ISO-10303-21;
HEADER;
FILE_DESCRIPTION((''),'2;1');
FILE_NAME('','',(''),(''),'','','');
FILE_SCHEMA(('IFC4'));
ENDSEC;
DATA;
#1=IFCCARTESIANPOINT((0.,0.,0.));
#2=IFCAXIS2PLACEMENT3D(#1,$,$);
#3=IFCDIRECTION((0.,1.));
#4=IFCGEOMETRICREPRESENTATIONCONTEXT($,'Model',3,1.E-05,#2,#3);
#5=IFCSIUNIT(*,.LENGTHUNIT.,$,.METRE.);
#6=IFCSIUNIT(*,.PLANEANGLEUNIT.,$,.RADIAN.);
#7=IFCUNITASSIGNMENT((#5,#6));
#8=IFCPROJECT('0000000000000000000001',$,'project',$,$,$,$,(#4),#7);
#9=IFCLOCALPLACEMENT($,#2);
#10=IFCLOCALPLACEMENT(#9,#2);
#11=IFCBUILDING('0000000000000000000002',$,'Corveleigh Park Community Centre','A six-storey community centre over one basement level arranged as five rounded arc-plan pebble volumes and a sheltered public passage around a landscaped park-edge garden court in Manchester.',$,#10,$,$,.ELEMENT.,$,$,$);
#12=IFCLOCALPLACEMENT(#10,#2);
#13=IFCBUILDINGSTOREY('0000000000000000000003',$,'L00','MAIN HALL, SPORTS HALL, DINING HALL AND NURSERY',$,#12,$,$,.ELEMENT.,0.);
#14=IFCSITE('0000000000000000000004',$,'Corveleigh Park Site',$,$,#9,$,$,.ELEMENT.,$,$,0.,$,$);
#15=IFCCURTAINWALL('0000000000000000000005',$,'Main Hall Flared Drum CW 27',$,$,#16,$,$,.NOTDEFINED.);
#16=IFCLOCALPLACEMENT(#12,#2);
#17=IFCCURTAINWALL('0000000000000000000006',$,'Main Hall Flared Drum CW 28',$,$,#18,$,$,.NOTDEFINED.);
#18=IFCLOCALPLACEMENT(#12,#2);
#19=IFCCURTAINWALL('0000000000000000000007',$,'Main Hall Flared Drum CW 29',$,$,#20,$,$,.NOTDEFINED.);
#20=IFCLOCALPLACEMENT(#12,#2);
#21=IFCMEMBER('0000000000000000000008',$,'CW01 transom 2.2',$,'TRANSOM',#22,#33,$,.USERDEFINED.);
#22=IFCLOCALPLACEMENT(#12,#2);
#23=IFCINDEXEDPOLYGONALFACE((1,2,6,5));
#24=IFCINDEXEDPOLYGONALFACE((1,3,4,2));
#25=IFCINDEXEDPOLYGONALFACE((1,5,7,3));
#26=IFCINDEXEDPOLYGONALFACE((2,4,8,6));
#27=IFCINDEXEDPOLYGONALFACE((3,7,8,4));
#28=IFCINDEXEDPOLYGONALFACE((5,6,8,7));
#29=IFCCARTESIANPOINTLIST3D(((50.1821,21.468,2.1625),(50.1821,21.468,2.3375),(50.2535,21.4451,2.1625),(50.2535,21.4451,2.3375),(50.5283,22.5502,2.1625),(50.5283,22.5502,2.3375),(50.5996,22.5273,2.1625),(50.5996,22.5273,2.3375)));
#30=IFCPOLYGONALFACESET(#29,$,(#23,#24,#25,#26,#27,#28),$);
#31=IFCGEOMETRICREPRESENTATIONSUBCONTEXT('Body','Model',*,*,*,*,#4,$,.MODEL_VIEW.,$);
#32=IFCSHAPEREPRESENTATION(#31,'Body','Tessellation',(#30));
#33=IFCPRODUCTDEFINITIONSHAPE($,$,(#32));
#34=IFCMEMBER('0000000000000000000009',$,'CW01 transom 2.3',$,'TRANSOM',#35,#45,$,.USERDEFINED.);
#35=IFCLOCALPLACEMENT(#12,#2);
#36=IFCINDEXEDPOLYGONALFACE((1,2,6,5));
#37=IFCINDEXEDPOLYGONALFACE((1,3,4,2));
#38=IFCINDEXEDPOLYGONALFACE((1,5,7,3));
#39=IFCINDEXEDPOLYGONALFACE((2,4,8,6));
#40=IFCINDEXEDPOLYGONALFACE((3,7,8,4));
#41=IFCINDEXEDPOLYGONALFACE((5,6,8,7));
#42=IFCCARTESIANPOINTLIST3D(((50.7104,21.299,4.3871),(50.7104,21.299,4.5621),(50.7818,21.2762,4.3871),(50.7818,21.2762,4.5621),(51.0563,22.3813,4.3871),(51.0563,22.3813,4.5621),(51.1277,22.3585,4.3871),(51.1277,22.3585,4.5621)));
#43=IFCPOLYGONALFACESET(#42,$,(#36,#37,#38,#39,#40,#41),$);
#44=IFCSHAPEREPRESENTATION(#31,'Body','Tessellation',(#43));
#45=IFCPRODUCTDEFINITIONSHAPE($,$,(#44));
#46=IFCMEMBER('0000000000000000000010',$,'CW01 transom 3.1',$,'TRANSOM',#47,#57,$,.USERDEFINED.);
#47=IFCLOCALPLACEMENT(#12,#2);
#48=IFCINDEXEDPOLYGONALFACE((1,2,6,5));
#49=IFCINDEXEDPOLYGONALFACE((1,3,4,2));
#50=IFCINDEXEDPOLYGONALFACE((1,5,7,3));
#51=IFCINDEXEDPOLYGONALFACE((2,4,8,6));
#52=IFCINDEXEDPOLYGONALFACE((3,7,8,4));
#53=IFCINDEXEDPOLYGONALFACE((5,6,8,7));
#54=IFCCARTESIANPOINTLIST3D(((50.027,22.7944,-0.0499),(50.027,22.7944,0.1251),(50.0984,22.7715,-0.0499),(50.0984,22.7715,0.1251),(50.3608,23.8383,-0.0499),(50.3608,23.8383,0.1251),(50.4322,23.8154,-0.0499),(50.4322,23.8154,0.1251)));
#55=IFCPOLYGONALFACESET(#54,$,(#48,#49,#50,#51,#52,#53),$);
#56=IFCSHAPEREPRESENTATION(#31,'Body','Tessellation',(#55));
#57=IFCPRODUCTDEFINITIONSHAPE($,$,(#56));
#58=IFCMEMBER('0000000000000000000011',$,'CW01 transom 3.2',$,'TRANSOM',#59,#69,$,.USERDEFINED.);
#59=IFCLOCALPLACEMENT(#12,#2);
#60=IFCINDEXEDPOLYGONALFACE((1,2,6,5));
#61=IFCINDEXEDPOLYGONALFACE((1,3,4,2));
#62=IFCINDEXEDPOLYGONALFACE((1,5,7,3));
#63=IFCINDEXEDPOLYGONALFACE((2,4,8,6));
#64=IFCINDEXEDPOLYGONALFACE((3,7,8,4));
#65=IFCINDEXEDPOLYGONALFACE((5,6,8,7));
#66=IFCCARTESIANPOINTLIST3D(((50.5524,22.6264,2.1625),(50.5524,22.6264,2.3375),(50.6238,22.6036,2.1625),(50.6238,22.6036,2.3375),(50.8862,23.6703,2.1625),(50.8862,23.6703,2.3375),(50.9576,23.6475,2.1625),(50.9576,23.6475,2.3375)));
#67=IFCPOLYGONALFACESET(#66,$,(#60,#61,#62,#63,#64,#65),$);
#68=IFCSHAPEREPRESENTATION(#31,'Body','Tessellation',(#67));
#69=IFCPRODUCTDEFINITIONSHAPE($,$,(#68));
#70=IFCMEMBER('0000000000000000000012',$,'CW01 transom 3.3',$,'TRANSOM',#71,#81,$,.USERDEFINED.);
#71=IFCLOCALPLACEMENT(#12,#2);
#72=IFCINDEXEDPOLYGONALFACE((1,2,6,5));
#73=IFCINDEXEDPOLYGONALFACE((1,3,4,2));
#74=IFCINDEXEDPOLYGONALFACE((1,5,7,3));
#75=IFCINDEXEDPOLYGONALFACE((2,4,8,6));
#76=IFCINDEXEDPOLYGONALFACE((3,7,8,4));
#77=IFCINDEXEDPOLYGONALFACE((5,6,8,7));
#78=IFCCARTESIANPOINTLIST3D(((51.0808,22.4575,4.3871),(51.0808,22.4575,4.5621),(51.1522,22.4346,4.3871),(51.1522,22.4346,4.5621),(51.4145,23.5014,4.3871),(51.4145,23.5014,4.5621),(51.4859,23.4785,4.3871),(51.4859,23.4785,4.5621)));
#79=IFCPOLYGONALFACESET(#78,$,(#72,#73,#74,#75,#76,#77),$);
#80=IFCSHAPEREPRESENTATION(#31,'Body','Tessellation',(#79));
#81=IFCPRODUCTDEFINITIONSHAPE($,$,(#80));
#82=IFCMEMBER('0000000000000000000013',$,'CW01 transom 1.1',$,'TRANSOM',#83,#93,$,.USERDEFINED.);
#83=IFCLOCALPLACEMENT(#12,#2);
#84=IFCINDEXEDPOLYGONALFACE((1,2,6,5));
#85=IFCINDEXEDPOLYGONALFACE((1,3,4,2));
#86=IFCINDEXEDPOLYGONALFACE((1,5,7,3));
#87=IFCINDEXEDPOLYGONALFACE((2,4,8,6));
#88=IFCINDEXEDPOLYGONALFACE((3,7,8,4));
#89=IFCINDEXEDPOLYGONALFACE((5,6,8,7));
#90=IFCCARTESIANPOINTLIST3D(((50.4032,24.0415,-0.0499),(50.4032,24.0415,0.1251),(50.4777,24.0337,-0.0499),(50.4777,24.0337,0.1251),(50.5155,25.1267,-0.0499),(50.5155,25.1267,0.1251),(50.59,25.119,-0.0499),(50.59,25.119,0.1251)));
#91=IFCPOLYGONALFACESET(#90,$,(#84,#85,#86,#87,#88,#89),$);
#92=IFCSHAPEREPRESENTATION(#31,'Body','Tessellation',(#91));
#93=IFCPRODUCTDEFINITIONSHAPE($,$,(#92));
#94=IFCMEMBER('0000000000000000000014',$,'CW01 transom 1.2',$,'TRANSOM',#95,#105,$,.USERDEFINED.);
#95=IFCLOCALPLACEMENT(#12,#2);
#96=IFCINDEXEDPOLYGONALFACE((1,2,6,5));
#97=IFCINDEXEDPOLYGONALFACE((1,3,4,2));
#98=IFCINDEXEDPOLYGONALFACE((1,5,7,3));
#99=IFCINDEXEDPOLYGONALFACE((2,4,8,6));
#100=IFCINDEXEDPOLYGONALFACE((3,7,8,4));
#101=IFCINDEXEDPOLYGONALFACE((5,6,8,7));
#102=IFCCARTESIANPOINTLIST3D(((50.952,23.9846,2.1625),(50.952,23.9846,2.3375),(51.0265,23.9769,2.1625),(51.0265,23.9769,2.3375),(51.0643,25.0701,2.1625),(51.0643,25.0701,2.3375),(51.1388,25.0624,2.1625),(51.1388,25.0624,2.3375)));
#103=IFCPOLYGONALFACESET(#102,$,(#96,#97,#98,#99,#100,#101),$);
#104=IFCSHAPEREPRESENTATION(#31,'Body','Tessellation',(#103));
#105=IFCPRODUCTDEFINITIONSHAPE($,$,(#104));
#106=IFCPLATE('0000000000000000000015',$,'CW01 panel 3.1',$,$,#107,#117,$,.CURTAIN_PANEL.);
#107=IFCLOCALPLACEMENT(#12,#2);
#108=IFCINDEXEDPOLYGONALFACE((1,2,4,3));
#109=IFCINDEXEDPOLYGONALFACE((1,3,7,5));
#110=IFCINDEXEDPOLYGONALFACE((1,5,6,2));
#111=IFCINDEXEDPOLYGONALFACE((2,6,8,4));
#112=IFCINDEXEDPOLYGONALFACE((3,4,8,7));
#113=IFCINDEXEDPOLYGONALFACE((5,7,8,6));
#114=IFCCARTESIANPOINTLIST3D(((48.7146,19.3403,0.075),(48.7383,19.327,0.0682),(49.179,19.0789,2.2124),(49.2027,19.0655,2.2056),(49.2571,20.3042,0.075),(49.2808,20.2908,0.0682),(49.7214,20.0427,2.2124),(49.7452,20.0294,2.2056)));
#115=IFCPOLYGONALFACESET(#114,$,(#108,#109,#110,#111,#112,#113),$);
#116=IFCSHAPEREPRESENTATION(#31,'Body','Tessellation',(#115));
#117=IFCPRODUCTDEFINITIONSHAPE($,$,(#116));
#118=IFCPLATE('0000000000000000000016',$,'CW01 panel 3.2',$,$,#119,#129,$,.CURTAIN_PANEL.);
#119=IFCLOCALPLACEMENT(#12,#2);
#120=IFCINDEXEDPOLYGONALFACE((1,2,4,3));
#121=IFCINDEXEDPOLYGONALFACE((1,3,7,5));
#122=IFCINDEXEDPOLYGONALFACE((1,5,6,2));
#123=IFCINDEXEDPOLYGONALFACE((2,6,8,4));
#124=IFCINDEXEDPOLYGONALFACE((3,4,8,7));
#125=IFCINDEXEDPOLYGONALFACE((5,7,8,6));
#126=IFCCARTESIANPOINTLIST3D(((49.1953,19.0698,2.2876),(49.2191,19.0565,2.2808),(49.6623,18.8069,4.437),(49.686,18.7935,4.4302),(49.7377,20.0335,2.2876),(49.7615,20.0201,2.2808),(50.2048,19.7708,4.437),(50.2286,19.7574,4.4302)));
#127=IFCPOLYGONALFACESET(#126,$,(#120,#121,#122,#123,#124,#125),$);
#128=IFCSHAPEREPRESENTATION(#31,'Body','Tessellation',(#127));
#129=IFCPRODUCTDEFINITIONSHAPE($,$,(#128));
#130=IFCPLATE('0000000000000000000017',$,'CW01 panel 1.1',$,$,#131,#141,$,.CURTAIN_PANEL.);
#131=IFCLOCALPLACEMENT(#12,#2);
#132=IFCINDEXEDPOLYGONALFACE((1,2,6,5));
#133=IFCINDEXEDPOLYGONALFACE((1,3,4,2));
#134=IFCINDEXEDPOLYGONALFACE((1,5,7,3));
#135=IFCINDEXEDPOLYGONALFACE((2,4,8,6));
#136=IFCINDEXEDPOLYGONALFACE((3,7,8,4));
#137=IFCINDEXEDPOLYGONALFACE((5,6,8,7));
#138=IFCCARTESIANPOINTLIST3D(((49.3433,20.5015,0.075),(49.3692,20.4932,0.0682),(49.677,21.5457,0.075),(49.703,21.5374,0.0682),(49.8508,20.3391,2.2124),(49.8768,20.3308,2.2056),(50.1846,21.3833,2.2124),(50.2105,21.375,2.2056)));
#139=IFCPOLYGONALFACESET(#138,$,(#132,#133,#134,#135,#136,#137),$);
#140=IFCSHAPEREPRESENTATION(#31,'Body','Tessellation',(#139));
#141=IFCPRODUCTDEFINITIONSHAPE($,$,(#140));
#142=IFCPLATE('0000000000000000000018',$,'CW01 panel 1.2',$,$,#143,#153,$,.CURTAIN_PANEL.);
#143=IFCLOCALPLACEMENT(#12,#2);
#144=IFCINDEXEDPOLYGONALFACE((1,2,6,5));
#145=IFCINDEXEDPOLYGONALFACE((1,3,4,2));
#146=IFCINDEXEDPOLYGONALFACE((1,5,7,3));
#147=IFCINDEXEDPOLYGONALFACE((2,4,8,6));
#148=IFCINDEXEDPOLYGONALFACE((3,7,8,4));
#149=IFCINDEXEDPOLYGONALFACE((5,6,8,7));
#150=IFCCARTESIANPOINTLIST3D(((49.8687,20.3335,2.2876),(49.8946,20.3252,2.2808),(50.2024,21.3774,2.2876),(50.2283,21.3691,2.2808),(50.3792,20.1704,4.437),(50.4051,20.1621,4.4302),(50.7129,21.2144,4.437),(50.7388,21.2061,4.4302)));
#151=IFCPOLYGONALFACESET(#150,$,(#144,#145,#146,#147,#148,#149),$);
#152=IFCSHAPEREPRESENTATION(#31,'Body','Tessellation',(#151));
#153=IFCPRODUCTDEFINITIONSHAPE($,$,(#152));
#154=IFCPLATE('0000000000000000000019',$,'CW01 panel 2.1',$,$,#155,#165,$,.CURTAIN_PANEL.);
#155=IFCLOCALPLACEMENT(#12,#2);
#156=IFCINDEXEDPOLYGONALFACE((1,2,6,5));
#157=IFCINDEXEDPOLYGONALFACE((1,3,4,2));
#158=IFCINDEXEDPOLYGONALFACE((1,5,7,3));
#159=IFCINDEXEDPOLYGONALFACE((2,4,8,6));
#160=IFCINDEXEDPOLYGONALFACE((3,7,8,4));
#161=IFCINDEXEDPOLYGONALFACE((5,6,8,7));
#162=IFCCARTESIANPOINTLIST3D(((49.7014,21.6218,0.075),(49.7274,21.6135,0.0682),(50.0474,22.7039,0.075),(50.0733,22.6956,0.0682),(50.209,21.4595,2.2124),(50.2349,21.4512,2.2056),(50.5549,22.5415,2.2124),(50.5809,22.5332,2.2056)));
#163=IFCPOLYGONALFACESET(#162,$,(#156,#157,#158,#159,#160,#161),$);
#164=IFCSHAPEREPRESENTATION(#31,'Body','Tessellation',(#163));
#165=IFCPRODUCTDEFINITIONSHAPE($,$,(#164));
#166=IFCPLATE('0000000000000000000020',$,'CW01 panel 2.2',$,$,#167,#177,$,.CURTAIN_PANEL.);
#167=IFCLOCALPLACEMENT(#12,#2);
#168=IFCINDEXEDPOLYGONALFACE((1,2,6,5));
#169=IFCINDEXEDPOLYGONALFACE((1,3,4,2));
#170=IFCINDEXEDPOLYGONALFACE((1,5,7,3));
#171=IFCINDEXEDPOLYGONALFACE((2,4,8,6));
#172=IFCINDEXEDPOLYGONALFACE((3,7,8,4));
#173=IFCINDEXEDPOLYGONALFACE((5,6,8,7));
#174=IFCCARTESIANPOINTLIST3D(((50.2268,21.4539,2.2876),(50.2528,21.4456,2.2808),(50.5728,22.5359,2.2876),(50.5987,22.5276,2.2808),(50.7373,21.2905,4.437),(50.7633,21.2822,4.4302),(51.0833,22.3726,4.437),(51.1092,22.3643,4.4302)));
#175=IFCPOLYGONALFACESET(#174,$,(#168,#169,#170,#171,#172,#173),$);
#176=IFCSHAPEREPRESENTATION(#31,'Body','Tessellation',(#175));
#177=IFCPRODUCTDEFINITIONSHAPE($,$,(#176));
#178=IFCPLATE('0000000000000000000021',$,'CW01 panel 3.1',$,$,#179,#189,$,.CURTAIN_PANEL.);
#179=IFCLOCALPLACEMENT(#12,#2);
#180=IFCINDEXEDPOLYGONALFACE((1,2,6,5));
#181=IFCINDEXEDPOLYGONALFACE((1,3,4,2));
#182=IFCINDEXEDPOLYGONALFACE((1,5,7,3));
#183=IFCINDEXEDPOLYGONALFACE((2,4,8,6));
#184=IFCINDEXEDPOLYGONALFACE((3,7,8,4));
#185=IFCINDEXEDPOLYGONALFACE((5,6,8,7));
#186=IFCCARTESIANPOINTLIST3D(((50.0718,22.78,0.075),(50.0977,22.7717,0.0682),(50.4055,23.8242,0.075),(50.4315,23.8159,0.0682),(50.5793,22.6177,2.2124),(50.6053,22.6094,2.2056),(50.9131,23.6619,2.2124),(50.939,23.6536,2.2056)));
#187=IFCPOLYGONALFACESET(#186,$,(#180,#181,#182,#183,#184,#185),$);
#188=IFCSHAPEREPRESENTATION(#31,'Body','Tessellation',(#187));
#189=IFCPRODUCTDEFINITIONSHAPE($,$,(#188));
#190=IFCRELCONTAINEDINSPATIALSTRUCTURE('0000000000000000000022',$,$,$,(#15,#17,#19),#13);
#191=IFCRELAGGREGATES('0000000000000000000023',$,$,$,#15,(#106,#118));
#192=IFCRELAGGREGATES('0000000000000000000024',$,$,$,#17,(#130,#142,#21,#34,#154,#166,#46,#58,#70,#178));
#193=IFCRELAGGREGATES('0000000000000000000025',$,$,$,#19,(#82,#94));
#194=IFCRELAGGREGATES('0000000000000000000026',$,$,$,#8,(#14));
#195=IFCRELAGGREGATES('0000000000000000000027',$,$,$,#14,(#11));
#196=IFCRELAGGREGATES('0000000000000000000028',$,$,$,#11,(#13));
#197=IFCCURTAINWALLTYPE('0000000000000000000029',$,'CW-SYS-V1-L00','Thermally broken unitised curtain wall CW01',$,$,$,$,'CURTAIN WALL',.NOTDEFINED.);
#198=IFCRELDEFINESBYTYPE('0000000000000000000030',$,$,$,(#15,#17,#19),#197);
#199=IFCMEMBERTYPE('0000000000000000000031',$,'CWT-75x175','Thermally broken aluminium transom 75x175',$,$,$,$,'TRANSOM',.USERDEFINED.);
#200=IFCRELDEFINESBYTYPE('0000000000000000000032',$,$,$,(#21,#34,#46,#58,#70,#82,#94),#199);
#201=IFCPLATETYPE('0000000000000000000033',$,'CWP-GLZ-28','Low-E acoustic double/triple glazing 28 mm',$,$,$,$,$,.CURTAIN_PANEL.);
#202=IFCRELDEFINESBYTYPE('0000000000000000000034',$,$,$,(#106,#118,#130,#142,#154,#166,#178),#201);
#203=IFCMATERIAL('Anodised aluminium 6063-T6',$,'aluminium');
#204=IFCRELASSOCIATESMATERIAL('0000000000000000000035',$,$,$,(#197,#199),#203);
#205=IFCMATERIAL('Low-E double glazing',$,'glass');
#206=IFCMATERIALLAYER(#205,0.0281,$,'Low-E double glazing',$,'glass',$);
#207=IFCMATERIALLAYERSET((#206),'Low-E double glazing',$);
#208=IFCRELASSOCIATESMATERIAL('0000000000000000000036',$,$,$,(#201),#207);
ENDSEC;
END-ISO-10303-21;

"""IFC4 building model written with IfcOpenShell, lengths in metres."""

from ifc_helpers import new_model, si_unit, direction, frame, origin, origin_2d, place, context, subcontext, project, spatial, polyline, rectangle, outline, extrude, material, layer, layer_set, material_profile, profile_set, type_object, element, aggregate, save


model = new_model("IFC4")

# Units and contexts
model_context = context("Model", 3, precision=1e-05, world=origin(), true_north=direction((0.0, 1.0)))
body_context = subcontext(model_context, "Body", "Model", "MODEL_VIEW")
ifc_project = project(units=[si_unit("LENGTHUNIT", "METRE"), si_unit("PLANEANGLEUNIT", "RADIAN")], contexts=[model_context])

# Site, building, storey
site_placement = place(None, origin())
site = spatial("IfcSite", under=ifc_project, at=site_placement, Name="Corveleigh Park Site", CompositionType="ELEMENT", RefElevation=0.0)
building_placement = place(site_placement, origin())
building = spatial("IfcBuilding", under=site, at=building_placement, Name="Corveleigh Park Community Centre", Description="A six-storey community centre over one basement level arranged as five rounded arc-plan pebble volumes and a sheltered public passage around a landscaped park-edge garden court in Manchester.", CompositionType="ELEMENT")
storey_placement = place(building_placement, origin())
storey = spatial("IfcBuildingStorey", under=building, at=storey_placement, Name="L00", Description="MAIN HALL, SPORTS HALL, DINING HALL AND NURSERY", CompositionType="ELEMENT", Elevation=0.0)

# Curtain wall
ifc_material_1 = material(Name="Anodised aluminium 6063-T6", Category="aluminium")
curtain_wall_type = type_object("IfcCurtainWallType", Name="CW-SYS-V1-L00", Description="Thermally broken unitised curtain wall CW01", ElementType="CURTAIN WALL", PredefinedType="NOTDEFINED", material=ifc_material_1)
curtain_wall_1_placement = place(storey_placement, origin())
curtain_wall_1 = element("IfcCurtainWall", 1, at=curtain_wall_1_placement, inside=storey, type_object=curtain_wall_type, Name="Main Hall Flared Drum CW 27", PredefinedType="NOTDEFINED")

# Curtain wall
curtain_wall_2_placement = place(storey_placement, origin())
curtain_wall_2 = element("IfcCurtainWall", 2, at=curtain_wall_2_placement, inside=storey, type_object=curtain_wall_type, Name="Main Hall Flared Drum CW 28", PredefinedType="NOTDEFINED")

# Curtain wall
curtain_wall_3_placement = place(storey_placement, origin())
curtain_wall_3 = element("IfcCurtainWall", 3, at=curtain_wall_3_placement, inside=storey, type_object=curtain_wall_type, Name="Main Hall Flared Drum CW 29", PredefinedType="NOTDEFINED")

# Members
ifc_material_profile_1 = material_profile(ifc_material_1, rectangle(XDim=0.075, YDim=0.175, at=origin_2d()), Name="ALU-T75x175", Category="aluminium")
ifc_profile_set_1 = profile_set([ifc_material_profile_1], Name="Anodised aluminium 6063-T6")
member_type_1 = type_object("IfcMemberType", Name="CWT-75x175", Description="Thermally broken aluminium transom 75x175", ElementType="TRANSOM", PredefinedType="USERDEFINED", material=ifc_profile_set_1)
member_1_placement = place(storey_placement, frame((50.2178, 21.4565, 2.25), z_axis=(0.304667, 0.952459, 0.0), x_axis=(-0.952459, 0.304667, 0.0)))
member_1 = element("IfcMember", 4, at=member_1_placement, type_object=member_type_1, Name="CW01 transom 2.2", ObjectType="TRANSOM", PredefinedType="USERDEFINED", context=body_context, shape_type="SweptSolid", body=[
    extrude(rectangle(XDim=0.075, YDim=0.175, at=origin_2d()), origin(), (0.0, 0.0, 1.0), 1.1362),
])
member_2_placement = place(storey_placement, frame((50.7461, 21.2876, 4.4746), z_axis=(0.304472, 0.952521, 0.0), x_axis=(-0.952521, 0.304472, 0.0)))
member_2 = element("IfcMember", 5, at=member_2_placement, type_object=member_type_1, Name="CW01 transom 2.3", ObjectType="TRANSOM", PredefinedType="USERDEFINED", context=body_context, shape_type="SweptSolid", body=[
    extrude(rectangle(XDim=0.075, YDim=0.175, at=origin_2d()), origin(), (0.0, 0.0, 1.0), 1.1362),
])
member_3_placement = place(storey_placement, frame((50.0627, 22.783, 0.0376), z_axis=(0.304509, 0.952509, 0.0), x_axis=(-0.952509, 0.304509, 0.0)))
member_3 = element("IfcMember", 6, at=member_3_placement, type_object=member_type_1, Name="CW01 transom 3.1", ObjectType="TRANSOM", PredefinedType="USERDEFINED", context=body_context, shape_type="SweptSolid", body=[
    extrude(rectangle(XDim=0.075, YDim=0.175, at=origin_2d()), origin(), (0.0, 0.0, 1.0), 1.0959),
])
member_4_placement = place(storey_placement, frame((50.5881, 22.615, 2.25), z_axis=(0.304509, 0.952509, 0.0), x_axis=(-0.952509, 0.304509, 0.0)))
member_4 = element("IfcMember", 7, at=member_4_placement, type_object=member_type_1, Name="CW01 transom 3.2", ObjectType="TRANSOM", PredefinedType="USERDEFINED", context=body_context, shape_type="SweptSolid", body=[
    extrude(rectangle(XDim=0.075, YDim=0.175, at=origin_2d()), origin(), (0.0, 0.0, 1.0), 1.0959),
])
member_5_placement = place(storey_placement, frame((51.1165, 22.446, 4.4746), z_axis=(0.304509, 0.952509, 0.0), x_axis=(-0.952509, 0.304509, 0.0)))
member_5 = element("IfcMember", 8, at=member_5_placement, type_object=member_type_1, Name="CW01 transom 3.3", ObjectType="TRANSOM", PredefinedType="USERDEFINED", context=body_context, shape_type="SweptSolid", body=[
    extrude(rectangle(XDim=0.075, YDim=0.175, at=origin_2d()), origin(), (0.0, 0.0, 1.0), 1.0959),
])
member_6_placement = place(storey_placement, frame((50.4404, 24.0376, 0.0376), z_axis=(0.102937, 0.994688, 0.0), x_axis=(-0.994688, 0.102937, 0.0)))
member_6 = element("IfcMember", 9, at=member_6_placement, type_object=member_type_1, Name="CW01 transom 1.1", ObjectType="TRANSOM", PredefinedType="USERDEFINED", context=body_context, shape_type="SweptSolid", body=[
    extrude(rectangle(XDim=0.075, YDim=0.175, at=origin_2d()), origin(), (0.0, 0.0, 1.0), 1.0911),
])
member_7_placement = place(storey_placement, frame((50.9893, 23.9807, 2.25), z_axis=(0.102914, 0.99469, 0.0), x_axis=(-0.99469, 0.102914, 0.0)))
member_7 = element("IfcMember", 10, at=member_7_placement, type_object=member_type_1, Name="CW01 transom 1.2", ObjectType="TRANSOM", PredefinedType="USERDEFINED", context=body_context, shape_type="SweptSolid", body=[
    extrude(rectangle(XDim=0.075, YDim=0.175, at=origin_2d()), origin(), (0.0, 0.0, 1.0), 1.0913),
])

# Plates
ifc_material_2 = material(Name="Low-E double glazing", Category="glass")
ifc_layer = layer(ifc_material_2, 0.0281, Name="Low-E double glazing", Category="glass")
ifc_layer_set = layer_set([ifc_layer], Name="Low-E double glazing")
plate_type = type_object("IfcPlateType", Name="CWP-GLZ-28", Description="Low-E acoustic double/triple glazing 28 mm", PredefinedType="CURTAIN_PANEL", material=ifc_layer_set)
plate_1_placement = place(storey_placement, frame((48.7146, 19.3403, 0.075), z_axis=(-0.845573, 0.475903, 0.241916), x_axis=(0.490471, 0.871458, 0.0)))
plate_1 = element("IfcPlate", 11, at=plate_1_placement, type_object=plate_type, Name="CW01 panel 3.1", PredefinedType="CURTAIN_PANEL", context=body_context, shape_type="SweptSolid", body=[
    extrude(outline(polyline([(0.0, 0.0), (1.106, 0.0), (1.1059, -2.2029), (-0.0001, -2.2029), (0.0, 0.0)])), origin(), (0.0, 0.0, -1.0), 0.0281),
])
plate_2_placement = place(storey_placement, frame((49.1953, 19.0698, 2.2876), z_axis=(-0.845546, 0.475947, 0.241923), x_axis=(0.490521, 0.87143, 0.000013)))
plate_2 = element("IfcPlate", 12, at=plate_2_placement, type_object=plate_type, Name="CW01 panel 3.2", PredefinedType="CURTAIN_PANEL", context=body_context, shape_type="SweptSolid", body=[
    extrude(outline(polyline([(0.0, 0.0), (1.1058, 0.0), (1.106, -2.2152), (0.0, -2.2152), (0.0, 0.0)])), origin(), (0.0, 0.0, -1.0), 0.0281),
])
aggregate(curtain_wall_1, [plate_1, plate_2])
plate_3_placement = place(storey_placement, frame((49.3433, 20.5015, 0.075), z_axis=(-0.924238, 0.295402, 0.241911), x_axis=(0.304444, 0.95253, 0.0)))
plate_3 = element("IfcPlate", 13, at=plate_3_placement, type_object=plate_type, Name="CW01 panel 1.1", PredefinedType="CURTAIN_PANEL", context=body_context, shape_type="SweptSolid", body=[
    extrude(outline(polyline([(0.0, 0.0), (1.0962, 0.0), (1.0961, -2.2029), (-0.0001, -2.2029), (0.0, 0.0)])), origin(), (0.0, 0.0, -1.0), 0.0281),
])
plate_4_placement = place(storey_placement, frame((49.8687, 20.3335, 2.2876), z_axis=(-0.924215, 0.295464, 0.241925), x_axis=(0.304509, 0.952509, 0.0)))
plate_4 = element("IfcPlate", 14, at=plate_4_placement, type_object=plate_type, Name="CW01 panel 1.2", PredefinedType="CURTAIN_PANEL", context=body_context, shape_type="SweptSolid", body=[
    extrude(outline(polyline([(0.0, 0.0), (1.096, 0.0), (1.0961, -2.2152), (0.0001, -2.2152), (0.0, 0.0)])), origin(), (0.0, 0.0, -1.0), 0.0281),
])
plate_5_placement = place(storey_placement, frame((49.7014, 21.6218, 0.075), z_axis=(-0.924211, 0.295489, 0.241911), x_axis=(0.304534, 0.952501, 0.0)))
plate_5 = element("IfcPlate", 15, at=plate_5_placement, type_object=plate_type, Name="CW01 panel 2.1", PredefinedType="CURTAIN_PANEL", context=body_context, shape_type="SweptSolid", body=[
    extrude(outline(polyline([(0.0, 0.0), (1.136, 0.0), (1.1359, -2.2029), (-0.0001, -2.2029), (0.0, 0.0)])), origin(), (0.0, 0.0, -1.0), 0.0281),
])
plate_6_placement = place(storey_placement, frame((50.2268, 21.4539, 2.2876), z_axis=(-0.9242, 0.295485, 0.241956), x_axis=(0.304534, 0.952501, 0.0)))
plate_6 = element("IfcPlate", 16, at=plate_6_placement, type_object=plate_type, Name="CW01 panel 2.2", PredefinedType="CURTAIN_PANEL", context=body_context, shape_type="SweptSolid", body=[
    extrude(outline(polyline([(0.0, 0.0), (1.136, 0.0), (1.1359, -2.2152), (-0.0001, -2.2152), (0.0, 0.0)])), origin(), (0.0, 0.0, -1.0), 0.0281),
])
plate_7_placement = place(storey_placement, frame((50.0718, 22.78, 0.075), z_axis=(-0.924238, 0.295402, 0.241911), x_axis=(0.304444, 0.95253, 0.0)))
plate_7 = element("IfcPlate", 17, at=plate_7_placement, type_object=plate_type, Name="CW01 panel 3.1", PredefinedType="CURTAIN_PANEL", context=body_context, shape_type="SweptSolid", body=[
    extrude(outline(polyline([(0.0, 0.0), (1.0962, 0.0), (1.0961, -2.2029), (-0.0001, -2.2029), (0.0, 0.0)])), origin(), (0.0, 0.0, -1.0), 0.0281),
])
aggregate(curtain_wall_2, [plate_3, plate_4, member_1, member_2, plate_5, plate_6, member_3, member_4, member_5, plate_7])
aggregate(curtain_wall_3, [member_6, member_7])

save(model, "model.ifc")
